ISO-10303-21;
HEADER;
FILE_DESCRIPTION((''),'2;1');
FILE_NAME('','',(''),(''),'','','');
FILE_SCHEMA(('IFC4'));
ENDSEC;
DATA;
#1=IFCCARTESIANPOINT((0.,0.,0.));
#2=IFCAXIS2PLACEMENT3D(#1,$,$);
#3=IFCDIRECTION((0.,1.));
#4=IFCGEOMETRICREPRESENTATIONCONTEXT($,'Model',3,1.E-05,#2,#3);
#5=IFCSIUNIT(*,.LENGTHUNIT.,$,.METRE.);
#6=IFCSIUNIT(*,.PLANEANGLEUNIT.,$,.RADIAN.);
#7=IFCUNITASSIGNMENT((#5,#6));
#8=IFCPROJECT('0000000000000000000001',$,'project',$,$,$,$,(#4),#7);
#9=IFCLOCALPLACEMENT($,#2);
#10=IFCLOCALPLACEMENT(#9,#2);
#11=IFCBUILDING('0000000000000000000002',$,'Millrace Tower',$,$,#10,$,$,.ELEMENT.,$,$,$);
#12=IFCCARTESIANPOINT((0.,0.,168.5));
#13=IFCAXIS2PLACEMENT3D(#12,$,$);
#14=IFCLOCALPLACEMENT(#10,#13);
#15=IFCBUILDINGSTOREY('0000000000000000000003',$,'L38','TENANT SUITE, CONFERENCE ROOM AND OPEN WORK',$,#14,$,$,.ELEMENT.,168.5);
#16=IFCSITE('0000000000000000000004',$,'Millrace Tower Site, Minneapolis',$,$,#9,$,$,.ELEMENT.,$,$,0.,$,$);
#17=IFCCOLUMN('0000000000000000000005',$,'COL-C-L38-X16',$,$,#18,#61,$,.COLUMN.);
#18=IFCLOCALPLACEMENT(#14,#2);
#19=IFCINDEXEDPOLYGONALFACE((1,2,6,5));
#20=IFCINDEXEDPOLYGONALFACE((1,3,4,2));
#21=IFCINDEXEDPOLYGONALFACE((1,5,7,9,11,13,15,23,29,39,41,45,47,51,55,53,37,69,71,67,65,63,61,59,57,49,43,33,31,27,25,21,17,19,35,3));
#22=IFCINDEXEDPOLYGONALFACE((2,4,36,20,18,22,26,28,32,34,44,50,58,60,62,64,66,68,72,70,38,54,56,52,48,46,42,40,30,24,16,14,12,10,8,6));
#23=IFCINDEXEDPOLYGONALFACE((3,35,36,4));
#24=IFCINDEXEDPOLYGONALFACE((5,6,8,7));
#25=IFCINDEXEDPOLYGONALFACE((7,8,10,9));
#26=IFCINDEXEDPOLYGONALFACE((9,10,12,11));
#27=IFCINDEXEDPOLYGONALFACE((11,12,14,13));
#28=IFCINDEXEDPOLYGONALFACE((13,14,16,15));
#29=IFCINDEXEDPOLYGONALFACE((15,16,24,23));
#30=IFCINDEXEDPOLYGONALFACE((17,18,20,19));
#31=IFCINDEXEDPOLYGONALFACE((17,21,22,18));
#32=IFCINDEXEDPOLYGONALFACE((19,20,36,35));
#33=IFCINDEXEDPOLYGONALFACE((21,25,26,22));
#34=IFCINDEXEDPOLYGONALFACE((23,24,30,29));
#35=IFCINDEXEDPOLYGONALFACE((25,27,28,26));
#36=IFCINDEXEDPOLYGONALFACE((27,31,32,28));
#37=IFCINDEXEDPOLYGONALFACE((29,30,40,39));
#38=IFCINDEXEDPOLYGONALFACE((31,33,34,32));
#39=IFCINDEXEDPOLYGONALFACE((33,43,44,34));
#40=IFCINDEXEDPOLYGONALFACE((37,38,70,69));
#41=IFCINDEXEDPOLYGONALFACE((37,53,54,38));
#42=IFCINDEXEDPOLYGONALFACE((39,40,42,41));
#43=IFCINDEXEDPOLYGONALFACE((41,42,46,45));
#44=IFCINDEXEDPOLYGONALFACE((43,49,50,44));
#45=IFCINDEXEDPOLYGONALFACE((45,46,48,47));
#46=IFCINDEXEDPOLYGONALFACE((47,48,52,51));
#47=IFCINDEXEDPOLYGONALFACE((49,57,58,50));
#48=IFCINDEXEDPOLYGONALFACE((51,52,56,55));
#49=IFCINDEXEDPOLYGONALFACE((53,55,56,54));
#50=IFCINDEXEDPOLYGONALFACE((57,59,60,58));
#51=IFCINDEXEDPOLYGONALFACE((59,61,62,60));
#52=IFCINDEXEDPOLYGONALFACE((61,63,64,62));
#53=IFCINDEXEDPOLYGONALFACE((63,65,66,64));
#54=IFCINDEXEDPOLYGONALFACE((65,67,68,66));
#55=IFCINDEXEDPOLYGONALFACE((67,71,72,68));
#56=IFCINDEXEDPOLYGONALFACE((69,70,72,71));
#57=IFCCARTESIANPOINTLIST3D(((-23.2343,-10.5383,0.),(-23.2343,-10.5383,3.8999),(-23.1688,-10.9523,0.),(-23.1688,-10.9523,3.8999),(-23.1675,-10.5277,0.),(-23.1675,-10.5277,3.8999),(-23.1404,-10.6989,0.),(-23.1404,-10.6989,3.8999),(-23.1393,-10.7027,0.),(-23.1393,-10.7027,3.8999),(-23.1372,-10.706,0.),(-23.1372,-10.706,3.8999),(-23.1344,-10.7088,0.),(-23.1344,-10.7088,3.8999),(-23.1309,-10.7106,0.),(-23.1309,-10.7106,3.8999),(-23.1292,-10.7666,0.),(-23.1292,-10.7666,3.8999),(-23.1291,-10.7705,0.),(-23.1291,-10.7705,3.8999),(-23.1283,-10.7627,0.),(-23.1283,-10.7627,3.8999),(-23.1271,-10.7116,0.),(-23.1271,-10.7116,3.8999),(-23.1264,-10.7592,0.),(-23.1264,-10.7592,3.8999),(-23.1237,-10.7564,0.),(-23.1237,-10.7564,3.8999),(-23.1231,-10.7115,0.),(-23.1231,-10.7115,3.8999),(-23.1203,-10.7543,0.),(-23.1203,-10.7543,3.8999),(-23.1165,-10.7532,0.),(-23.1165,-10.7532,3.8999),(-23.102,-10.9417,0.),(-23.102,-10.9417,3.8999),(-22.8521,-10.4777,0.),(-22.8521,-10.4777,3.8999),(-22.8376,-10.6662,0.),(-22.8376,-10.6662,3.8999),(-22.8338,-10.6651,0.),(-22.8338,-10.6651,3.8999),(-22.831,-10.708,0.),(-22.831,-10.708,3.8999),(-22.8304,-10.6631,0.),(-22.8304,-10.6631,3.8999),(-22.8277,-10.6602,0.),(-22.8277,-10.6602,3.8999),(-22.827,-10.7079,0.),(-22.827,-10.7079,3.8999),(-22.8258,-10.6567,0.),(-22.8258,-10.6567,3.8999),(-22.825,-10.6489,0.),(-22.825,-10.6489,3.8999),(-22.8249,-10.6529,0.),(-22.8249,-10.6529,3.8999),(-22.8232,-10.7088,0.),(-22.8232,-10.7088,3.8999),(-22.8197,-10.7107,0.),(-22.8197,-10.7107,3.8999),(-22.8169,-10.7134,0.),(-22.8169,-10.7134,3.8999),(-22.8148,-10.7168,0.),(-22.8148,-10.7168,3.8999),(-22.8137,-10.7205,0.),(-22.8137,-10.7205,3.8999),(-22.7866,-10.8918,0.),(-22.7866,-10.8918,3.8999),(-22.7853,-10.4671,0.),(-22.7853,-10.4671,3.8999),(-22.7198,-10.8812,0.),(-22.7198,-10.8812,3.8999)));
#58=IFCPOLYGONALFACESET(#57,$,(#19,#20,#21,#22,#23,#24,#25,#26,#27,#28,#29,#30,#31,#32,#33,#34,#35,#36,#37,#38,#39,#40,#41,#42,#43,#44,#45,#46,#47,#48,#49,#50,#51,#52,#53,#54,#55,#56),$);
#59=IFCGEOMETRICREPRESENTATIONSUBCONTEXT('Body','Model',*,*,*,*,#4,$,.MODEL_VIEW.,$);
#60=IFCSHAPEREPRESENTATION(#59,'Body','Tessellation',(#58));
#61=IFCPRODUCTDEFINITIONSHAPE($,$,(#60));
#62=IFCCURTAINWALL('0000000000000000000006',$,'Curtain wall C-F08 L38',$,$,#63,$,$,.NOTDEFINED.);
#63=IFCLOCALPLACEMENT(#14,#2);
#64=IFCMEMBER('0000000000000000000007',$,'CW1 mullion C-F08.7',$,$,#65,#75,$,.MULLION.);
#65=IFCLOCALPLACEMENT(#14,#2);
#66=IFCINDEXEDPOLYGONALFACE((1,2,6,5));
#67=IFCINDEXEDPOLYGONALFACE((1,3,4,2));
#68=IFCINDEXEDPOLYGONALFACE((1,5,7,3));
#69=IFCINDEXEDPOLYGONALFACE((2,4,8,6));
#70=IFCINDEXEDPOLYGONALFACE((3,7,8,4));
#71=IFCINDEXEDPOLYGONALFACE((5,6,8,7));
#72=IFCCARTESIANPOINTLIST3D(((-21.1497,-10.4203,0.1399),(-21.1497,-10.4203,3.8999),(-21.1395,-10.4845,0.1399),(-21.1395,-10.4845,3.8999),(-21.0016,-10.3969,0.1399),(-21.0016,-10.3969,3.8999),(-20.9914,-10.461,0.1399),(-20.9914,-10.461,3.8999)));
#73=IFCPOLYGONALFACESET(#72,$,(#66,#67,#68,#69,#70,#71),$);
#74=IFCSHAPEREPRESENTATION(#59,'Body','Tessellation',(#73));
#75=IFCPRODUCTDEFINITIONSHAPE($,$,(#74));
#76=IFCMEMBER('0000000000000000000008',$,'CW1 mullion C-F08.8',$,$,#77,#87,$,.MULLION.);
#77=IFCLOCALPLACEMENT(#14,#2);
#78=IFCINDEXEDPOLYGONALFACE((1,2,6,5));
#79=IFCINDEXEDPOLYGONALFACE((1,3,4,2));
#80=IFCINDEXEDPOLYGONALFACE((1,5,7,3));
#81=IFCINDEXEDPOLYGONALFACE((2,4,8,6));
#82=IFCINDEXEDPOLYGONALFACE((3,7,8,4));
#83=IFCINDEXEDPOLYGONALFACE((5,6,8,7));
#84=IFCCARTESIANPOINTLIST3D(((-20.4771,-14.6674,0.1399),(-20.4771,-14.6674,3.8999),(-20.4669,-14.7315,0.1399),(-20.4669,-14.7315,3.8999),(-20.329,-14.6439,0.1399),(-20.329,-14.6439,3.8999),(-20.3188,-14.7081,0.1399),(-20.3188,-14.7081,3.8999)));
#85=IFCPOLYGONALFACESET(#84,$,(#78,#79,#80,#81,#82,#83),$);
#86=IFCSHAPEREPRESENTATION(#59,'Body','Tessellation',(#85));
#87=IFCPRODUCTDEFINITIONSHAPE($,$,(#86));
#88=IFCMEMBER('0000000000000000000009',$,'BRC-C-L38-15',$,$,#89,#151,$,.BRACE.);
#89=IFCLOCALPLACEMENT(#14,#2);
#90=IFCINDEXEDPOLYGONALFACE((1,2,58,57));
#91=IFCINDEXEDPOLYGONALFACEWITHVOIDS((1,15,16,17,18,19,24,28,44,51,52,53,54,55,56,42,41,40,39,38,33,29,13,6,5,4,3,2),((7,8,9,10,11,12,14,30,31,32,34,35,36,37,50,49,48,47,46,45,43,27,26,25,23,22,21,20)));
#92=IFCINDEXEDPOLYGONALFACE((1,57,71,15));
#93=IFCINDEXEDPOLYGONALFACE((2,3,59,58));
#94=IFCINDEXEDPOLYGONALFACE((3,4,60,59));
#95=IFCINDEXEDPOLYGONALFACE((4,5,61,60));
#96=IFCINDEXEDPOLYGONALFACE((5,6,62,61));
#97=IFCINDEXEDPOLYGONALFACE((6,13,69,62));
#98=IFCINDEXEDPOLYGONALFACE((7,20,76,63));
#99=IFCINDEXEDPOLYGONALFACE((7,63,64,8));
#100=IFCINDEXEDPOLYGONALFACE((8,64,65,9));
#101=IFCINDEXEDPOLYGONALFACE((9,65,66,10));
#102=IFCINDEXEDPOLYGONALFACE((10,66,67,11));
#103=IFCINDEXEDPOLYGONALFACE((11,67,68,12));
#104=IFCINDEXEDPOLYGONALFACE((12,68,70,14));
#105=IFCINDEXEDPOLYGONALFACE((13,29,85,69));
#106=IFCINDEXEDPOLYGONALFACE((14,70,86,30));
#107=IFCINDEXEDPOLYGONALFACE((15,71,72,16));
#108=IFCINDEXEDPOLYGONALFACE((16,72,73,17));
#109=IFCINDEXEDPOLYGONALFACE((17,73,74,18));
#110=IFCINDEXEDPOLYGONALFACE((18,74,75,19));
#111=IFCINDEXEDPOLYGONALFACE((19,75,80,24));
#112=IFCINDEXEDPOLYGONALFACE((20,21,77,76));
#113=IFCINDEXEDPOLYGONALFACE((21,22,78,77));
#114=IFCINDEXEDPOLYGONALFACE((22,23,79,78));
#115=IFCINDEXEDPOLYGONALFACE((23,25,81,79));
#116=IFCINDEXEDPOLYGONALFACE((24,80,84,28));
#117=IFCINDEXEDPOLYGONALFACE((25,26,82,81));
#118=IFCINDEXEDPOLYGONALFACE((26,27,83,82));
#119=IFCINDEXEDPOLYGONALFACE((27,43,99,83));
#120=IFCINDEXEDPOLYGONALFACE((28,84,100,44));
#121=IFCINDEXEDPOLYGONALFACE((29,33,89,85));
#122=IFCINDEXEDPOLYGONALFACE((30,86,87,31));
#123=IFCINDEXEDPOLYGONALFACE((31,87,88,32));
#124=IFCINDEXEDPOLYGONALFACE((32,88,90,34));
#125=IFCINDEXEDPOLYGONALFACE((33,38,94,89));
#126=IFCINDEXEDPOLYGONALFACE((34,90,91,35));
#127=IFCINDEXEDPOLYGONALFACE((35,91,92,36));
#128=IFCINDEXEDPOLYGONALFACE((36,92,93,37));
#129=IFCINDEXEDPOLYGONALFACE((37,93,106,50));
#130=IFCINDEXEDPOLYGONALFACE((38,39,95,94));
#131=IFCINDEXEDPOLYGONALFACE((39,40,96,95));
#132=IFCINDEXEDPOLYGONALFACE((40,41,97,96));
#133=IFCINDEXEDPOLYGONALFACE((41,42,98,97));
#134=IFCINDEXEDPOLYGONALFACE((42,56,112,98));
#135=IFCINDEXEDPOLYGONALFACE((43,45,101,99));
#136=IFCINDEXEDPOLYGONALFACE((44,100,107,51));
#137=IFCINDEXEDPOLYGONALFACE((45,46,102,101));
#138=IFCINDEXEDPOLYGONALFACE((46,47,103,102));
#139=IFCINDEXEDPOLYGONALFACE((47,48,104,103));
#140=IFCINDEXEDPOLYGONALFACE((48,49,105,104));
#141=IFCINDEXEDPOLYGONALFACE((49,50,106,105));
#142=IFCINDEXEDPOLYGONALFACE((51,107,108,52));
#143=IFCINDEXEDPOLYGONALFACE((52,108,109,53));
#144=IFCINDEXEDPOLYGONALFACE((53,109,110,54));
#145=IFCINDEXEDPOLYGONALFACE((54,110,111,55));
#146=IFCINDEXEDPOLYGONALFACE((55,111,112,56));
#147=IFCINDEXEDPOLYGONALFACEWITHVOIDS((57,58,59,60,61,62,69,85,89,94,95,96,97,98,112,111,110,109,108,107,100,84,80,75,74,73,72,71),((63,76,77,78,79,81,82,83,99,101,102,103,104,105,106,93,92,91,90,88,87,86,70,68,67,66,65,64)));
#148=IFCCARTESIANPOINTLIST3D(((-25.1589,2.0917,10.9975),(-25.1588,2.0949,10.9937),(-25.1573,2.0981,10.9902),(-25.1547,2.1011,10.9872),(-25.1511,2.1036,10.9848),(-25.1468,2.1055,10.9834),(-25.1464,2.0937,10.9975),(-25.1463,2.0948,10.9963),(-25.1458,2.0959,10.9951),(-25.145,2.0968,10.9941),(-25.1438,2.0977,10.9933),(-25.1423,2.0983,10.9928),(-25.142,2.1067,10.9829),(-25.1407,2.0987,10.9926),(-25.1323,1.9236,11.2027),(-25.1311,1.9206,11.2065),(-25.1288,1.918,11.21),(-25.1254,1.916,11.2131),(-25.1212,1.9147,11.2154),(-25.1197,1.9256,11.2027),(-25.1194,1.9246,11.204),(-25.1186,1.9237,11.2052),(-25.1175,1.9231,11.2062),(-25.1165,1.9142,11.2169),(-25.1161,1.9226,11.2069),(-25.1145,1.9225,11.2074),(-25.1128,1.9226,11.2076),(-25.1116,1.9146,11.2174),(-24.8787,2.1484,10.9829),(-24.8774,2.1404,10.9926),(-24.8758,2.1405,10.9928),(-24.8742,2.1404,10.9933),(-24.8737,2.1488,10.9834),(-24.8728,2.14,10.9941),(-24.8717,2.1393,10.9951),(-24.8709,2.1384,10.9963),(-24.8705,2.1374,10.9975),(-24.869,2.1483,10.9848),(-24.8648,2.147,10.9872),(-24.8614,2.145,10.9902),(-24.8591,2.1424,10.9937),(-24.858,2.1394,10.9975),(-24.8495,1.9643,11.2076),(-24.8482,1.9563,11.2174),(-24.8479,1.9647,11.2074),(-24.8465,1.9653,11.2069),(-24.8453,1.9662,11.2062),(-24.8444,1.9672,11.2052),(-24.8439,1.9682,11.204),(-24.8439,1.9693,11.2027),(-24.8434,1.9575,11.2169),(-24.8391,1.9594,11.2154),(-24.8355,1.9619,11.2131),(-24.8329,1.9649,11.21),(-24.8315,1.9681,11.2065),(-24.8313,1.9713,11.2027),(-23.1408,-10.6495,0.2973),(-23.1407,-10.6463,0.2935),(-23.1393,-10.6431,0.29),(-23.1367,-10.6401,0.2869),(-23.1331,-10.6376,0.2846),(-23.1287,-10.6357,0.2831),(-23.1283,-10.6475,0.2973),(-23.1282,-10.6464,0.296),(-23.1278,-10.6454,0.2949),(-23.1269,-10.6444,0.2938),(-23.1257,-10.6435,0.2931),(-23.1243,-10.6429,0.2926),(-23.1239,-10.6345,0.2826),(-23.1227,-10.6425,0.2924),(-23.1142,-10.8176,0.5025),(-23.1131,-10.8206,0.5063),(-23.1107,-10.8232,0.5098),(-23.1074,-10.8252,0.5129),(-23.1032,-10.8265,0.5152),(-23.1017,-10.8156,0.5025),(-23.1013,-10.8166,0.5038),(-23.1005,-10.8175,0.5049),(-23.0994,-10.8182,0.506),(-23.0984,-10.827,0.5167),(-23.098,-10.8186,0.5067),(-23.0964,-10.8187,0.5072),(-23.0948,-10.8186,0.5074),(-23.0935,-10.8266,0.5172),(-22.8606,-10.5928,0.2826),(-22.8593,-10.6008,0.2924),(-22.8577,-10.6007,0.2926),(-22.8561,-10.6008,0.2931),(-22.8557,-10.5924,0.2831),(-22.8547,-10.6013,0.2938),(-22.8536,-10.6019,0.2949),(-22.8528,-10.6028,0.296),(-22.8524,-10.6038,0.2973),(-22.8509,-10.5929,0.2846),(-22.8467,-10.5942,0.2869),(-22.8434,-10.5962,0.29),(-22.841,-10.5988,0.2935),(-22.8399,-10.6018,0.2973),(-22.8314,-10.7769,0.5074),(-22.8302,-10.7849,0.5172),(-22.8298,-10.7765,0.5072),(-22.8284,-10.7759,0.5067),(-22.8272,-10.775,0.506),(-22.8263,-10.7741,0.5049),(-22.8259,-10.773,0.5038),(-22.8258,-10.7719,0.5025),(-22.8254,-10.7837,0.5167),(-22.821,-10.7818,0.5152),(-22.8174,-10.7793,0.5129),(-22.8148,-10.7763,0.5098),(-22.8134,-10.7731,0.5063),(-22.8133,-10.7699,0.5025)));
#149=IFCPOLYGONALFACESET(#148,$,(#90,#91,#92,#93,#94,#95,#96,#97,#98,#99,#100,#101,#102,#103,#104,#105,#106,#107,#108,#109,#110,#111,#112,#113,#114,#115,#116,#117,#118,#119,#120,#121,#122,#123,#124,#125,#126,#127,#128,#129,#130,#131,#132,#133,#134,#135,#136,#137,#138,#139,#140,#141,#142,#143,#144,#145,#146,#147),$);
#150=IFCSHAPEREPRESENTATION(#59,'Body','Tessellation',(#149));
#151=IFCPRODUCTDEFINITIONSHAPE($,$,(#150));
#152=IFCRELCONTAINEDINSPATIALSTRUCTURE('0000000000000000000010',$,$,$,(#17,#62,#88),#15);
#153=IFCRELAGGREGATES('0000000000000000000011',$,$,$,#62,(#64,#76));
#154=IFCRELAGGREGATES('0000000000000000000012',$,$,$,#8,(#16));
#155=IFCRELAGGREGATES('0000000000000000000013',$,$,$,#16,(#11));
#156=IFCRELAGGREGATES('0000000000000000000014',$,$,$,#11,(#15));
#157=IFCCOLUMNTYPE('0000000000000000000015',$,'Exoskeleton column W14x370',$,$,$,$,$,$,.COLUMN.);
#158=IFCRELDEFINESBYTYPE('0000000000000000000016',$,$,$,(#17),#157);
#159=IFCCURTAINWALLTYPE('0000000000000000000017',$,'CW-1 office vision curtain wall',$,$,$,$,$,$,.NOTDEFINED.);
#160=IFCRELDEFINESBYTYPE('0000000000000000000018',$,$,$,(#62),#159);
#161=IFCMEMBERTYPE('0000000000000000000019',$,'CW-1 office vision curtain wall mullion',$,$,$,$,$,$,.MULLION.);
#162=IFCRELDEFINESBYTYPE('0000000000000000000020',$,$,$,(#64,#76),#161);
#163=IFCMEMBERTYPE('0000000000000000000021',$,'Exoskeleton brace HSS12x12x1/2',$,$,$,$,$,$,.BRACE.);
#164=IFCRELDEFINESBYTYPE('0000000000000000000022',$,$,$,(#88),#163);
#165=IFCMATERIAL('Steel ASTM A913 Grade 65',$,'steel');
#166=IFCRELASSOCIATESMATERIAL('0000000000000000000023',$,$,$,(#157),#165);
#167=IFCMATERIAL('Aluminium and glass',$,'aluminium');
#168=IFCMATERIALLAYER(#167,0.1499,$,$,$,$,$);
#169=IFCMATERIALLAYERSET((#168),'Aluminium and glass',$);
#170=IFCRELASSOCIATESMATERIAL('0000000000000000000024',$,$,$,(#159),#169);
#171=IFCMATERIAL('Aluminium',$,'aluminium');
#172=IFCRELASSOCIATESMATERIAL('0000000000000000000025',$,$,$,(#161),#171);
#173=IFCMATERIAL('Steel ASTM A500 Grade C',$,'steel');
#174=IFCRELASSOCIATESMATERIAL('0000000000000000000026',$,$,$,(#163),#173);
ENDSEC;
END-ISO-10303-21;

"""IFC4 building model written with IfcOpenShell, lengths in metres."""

from ifc_helpers import new_model, si_unit, direction, frame, origin, origin_2d, place, context, subcontext, project, spatial, rectangle, hollow_rectangle, i_section, extrude, material, layer, layer_set, material_profile, profile_set, type_object, element, aggregate, save


model = new_model("IFC4")

# Units and contexts
model_context = context("Model", 3, precision=1e-05, world=origin(), true_north=direction((0.0, 1.0)))
body_context = subcontext(model_context, "Body", "Model", "MODEL_VIEW")
ifc_project = project(units=[si_unit("LENGTHUNIT", "METRE"), si_unit("PLANEANGLEUNIT", "RADIAN")], contexts=[model_context])

# Site, building, storey
site_placement = place(None, origin())
site = spatial("IfcSite", under=ifc_project, at=site_placement, Name="Millrace Tower Site, Minneapolis", CompositionType="ELEMENT", RefElevation=0.0)
building_placement = place(site_placement, origin())
building = spatial("IfcBuilding", under=site, at=building_placement, Name="Millrace Tower", CompositionType="ELEMENT")
storey_placement = place(building_placement, frame((0.0, 0.0, 168.5)))
storey = spatial("IfcBuildingStorey", under=building, at=storey_placement, Name="L38", Description="TENANT SUITE, CONFERENCE ROOM AND OPEN WORK", CompositionType="ELEMENT", Elevation=168.5)

# Column
ifc_material_1 = material(Name="Steel ASTM A913 Grade 65", Category="steel")
ifc_material_profile_1 = material_profile(ifc_material_1, i_section(OverallWidth=0.4192, OverallDepth=0.4546, WebThickness=0.0422, FlangeThickness=0.0676, FilletRadius=0.0151, at=origin_2d()))
ifc_profile_set_1 = profile_set([ifc_material_profile_1], Name="Steel ASTM A913 Grade 65")
column_type = type_object("IfcColumnType", Name="Exoskeleton column W14x370", PredefinedType="COLUMN", material=ifc_profile_set_1)
column_placement = place(storey_placement, frame((-22.9771, -10.7097, 0.0), z_axis=(0.0, 0.0, 1.0), x_axis=(0.156434, -0.987688, 0.0)))
element("IfcColumn", 1, at=column_placement, inside=storey, type_object=column_type, Name="COL-C-L38-X16", PredefinedType="COLUMN", context=body_context, shape_type="SweptSolid", body=[
    extrude(i_section(OverallWidth=0.4192, OverallDepth=0.4546, WebThickness=0.0422, FlangeThickness=0.0676, FilletRadius=0.0151, at=origin_2d()), origin(), (0.0, 0.0, 1.0), 3.8999),
])

# Curtain wall, members
ifc_material_2 = material(Name="Aluminium and glass", Category="aluminium")
ifc_layer_1 = layer(ifc_material_2, 0.1499)
ifc_layer_set_1 = layer_set([ifc_layer_1], Name="Aluminium and glass")
curtain_wall_type = type_object("IfcCurtainWallType", Name="CW-1 office vision curtain wall", PredefinedType="NOTDEFINED", material=ifc_layer_set_1)
curtain_wall_placement = place(storey_placement, origin())
curtain_wall = element("IfcCurtainWall", 2, at=curtain_wall_placement, inside=storey, type_object=curtain_wall_type, Name="Curtain wall C-F08 L38", PredefinedType="NOTDEFINED")
ifc_material_3 = material(Name="Aluminium", Category="aluminium")
ifc_material_profile_2 = material_profile(ifc_material_3, rectangle(XDim=0.0649, YDim=0.1499, at=origin_2d()))
ifc_profile_set_2 = profile_set([ifc_material_profile_2], Name="Aluminium")
member_type_1 = type_object("IfcMemberType", Name="CW-1 office vision curtain wall mullion", PredefinedType="MULLION", material=ifc_profile_set_2)
member_1_placement = place(storey_placement, frame((-21.0706, -10.4407, 0.1399), z_axis=(0.0, 0.0, 1.0), x_axis=(0.156434, -0.987688, 0.0)))
member_1 = element("IfcMember", 3, at=member_1_placement, type_object=member_type_1, Name="CW1 mullion C-F08.7", PredefinedType="MULLION", context=body_context, shape_type="SweptSolid", body=[
    extrude(rectangle(XDim=0.0649, YDim=0.1499, at=origin_2d()), origin(), (0.0, 0.0, 1.0), 3.76),
])
member_2_placement = place(storey_placement, frame((-20.3979, -14.6877, 0.1399), z_axis=(0.0, 0.0, 1.0), x_axis=(0.156434, -0.987688, 0.0)))
member_2 = element("IfcMember", 4, at=member_2_placement, type_object=member_type_1, Name="CW1 mullion C-F08.8", PredefinedType="MULLION", context=body_context, shape_type="SweptSolid", body=[
    extrude(rectangle(XDim=0.0649, YDim=0.1499, at=origin_2d()), origin(), (0.0, 0.0, 1.0), 3.76),
])
aggregate(curtain_wall, [member_1, member_2])

# Member
ifc_material_4 = material(Name="Steel ASTM A500 Grade C", Category="steel")
ifc_material_profile_3 = material_profile(ifc_material_4, hollow_rectangle(XDim=0.3047, YDim=0.3047, WallThickness=0.0127, InnerFilletRadius=0.0063, OuterFilletRadius=0.019, at=origin_2d()))
ifc_profile_set_3 = profile_set([ifc_material_profile_3], Name="Steel ASTM A500 Grade C")
member_type_2 = type_object("IfcMemberType", Name="Exoskeleton brace HSS12x12x1/2", PredefinedType="BRACE", material=ifc_profile_set_3)
member_3_placement = place(storey_placement, frame((-22.9771, -10.7097, 0.3999), z_axis=(-0.120408, 0.760205, 0.638428), x_axis=(-0.987688, -0.156439, 0.0)))
element("IfcMember", 5, at=member_3_placement, inside=storey, type_object=member_type_2, Name="BRC-C-L38-15", PredefinedType="BRACE", context=body_context, shape_type="SweptSolid", body=[
    extrude(hollow_rectangle(XDim=0.3047, YDim=0.3047, WallThickness=0.0127, InnerFilletRadius=0.0063, OuterFilletRadius=0.019, at=origin_2d()), origin(), (0.0, 0.0, 1.0), 16.7603),
])

save(model, "model.ifc")
